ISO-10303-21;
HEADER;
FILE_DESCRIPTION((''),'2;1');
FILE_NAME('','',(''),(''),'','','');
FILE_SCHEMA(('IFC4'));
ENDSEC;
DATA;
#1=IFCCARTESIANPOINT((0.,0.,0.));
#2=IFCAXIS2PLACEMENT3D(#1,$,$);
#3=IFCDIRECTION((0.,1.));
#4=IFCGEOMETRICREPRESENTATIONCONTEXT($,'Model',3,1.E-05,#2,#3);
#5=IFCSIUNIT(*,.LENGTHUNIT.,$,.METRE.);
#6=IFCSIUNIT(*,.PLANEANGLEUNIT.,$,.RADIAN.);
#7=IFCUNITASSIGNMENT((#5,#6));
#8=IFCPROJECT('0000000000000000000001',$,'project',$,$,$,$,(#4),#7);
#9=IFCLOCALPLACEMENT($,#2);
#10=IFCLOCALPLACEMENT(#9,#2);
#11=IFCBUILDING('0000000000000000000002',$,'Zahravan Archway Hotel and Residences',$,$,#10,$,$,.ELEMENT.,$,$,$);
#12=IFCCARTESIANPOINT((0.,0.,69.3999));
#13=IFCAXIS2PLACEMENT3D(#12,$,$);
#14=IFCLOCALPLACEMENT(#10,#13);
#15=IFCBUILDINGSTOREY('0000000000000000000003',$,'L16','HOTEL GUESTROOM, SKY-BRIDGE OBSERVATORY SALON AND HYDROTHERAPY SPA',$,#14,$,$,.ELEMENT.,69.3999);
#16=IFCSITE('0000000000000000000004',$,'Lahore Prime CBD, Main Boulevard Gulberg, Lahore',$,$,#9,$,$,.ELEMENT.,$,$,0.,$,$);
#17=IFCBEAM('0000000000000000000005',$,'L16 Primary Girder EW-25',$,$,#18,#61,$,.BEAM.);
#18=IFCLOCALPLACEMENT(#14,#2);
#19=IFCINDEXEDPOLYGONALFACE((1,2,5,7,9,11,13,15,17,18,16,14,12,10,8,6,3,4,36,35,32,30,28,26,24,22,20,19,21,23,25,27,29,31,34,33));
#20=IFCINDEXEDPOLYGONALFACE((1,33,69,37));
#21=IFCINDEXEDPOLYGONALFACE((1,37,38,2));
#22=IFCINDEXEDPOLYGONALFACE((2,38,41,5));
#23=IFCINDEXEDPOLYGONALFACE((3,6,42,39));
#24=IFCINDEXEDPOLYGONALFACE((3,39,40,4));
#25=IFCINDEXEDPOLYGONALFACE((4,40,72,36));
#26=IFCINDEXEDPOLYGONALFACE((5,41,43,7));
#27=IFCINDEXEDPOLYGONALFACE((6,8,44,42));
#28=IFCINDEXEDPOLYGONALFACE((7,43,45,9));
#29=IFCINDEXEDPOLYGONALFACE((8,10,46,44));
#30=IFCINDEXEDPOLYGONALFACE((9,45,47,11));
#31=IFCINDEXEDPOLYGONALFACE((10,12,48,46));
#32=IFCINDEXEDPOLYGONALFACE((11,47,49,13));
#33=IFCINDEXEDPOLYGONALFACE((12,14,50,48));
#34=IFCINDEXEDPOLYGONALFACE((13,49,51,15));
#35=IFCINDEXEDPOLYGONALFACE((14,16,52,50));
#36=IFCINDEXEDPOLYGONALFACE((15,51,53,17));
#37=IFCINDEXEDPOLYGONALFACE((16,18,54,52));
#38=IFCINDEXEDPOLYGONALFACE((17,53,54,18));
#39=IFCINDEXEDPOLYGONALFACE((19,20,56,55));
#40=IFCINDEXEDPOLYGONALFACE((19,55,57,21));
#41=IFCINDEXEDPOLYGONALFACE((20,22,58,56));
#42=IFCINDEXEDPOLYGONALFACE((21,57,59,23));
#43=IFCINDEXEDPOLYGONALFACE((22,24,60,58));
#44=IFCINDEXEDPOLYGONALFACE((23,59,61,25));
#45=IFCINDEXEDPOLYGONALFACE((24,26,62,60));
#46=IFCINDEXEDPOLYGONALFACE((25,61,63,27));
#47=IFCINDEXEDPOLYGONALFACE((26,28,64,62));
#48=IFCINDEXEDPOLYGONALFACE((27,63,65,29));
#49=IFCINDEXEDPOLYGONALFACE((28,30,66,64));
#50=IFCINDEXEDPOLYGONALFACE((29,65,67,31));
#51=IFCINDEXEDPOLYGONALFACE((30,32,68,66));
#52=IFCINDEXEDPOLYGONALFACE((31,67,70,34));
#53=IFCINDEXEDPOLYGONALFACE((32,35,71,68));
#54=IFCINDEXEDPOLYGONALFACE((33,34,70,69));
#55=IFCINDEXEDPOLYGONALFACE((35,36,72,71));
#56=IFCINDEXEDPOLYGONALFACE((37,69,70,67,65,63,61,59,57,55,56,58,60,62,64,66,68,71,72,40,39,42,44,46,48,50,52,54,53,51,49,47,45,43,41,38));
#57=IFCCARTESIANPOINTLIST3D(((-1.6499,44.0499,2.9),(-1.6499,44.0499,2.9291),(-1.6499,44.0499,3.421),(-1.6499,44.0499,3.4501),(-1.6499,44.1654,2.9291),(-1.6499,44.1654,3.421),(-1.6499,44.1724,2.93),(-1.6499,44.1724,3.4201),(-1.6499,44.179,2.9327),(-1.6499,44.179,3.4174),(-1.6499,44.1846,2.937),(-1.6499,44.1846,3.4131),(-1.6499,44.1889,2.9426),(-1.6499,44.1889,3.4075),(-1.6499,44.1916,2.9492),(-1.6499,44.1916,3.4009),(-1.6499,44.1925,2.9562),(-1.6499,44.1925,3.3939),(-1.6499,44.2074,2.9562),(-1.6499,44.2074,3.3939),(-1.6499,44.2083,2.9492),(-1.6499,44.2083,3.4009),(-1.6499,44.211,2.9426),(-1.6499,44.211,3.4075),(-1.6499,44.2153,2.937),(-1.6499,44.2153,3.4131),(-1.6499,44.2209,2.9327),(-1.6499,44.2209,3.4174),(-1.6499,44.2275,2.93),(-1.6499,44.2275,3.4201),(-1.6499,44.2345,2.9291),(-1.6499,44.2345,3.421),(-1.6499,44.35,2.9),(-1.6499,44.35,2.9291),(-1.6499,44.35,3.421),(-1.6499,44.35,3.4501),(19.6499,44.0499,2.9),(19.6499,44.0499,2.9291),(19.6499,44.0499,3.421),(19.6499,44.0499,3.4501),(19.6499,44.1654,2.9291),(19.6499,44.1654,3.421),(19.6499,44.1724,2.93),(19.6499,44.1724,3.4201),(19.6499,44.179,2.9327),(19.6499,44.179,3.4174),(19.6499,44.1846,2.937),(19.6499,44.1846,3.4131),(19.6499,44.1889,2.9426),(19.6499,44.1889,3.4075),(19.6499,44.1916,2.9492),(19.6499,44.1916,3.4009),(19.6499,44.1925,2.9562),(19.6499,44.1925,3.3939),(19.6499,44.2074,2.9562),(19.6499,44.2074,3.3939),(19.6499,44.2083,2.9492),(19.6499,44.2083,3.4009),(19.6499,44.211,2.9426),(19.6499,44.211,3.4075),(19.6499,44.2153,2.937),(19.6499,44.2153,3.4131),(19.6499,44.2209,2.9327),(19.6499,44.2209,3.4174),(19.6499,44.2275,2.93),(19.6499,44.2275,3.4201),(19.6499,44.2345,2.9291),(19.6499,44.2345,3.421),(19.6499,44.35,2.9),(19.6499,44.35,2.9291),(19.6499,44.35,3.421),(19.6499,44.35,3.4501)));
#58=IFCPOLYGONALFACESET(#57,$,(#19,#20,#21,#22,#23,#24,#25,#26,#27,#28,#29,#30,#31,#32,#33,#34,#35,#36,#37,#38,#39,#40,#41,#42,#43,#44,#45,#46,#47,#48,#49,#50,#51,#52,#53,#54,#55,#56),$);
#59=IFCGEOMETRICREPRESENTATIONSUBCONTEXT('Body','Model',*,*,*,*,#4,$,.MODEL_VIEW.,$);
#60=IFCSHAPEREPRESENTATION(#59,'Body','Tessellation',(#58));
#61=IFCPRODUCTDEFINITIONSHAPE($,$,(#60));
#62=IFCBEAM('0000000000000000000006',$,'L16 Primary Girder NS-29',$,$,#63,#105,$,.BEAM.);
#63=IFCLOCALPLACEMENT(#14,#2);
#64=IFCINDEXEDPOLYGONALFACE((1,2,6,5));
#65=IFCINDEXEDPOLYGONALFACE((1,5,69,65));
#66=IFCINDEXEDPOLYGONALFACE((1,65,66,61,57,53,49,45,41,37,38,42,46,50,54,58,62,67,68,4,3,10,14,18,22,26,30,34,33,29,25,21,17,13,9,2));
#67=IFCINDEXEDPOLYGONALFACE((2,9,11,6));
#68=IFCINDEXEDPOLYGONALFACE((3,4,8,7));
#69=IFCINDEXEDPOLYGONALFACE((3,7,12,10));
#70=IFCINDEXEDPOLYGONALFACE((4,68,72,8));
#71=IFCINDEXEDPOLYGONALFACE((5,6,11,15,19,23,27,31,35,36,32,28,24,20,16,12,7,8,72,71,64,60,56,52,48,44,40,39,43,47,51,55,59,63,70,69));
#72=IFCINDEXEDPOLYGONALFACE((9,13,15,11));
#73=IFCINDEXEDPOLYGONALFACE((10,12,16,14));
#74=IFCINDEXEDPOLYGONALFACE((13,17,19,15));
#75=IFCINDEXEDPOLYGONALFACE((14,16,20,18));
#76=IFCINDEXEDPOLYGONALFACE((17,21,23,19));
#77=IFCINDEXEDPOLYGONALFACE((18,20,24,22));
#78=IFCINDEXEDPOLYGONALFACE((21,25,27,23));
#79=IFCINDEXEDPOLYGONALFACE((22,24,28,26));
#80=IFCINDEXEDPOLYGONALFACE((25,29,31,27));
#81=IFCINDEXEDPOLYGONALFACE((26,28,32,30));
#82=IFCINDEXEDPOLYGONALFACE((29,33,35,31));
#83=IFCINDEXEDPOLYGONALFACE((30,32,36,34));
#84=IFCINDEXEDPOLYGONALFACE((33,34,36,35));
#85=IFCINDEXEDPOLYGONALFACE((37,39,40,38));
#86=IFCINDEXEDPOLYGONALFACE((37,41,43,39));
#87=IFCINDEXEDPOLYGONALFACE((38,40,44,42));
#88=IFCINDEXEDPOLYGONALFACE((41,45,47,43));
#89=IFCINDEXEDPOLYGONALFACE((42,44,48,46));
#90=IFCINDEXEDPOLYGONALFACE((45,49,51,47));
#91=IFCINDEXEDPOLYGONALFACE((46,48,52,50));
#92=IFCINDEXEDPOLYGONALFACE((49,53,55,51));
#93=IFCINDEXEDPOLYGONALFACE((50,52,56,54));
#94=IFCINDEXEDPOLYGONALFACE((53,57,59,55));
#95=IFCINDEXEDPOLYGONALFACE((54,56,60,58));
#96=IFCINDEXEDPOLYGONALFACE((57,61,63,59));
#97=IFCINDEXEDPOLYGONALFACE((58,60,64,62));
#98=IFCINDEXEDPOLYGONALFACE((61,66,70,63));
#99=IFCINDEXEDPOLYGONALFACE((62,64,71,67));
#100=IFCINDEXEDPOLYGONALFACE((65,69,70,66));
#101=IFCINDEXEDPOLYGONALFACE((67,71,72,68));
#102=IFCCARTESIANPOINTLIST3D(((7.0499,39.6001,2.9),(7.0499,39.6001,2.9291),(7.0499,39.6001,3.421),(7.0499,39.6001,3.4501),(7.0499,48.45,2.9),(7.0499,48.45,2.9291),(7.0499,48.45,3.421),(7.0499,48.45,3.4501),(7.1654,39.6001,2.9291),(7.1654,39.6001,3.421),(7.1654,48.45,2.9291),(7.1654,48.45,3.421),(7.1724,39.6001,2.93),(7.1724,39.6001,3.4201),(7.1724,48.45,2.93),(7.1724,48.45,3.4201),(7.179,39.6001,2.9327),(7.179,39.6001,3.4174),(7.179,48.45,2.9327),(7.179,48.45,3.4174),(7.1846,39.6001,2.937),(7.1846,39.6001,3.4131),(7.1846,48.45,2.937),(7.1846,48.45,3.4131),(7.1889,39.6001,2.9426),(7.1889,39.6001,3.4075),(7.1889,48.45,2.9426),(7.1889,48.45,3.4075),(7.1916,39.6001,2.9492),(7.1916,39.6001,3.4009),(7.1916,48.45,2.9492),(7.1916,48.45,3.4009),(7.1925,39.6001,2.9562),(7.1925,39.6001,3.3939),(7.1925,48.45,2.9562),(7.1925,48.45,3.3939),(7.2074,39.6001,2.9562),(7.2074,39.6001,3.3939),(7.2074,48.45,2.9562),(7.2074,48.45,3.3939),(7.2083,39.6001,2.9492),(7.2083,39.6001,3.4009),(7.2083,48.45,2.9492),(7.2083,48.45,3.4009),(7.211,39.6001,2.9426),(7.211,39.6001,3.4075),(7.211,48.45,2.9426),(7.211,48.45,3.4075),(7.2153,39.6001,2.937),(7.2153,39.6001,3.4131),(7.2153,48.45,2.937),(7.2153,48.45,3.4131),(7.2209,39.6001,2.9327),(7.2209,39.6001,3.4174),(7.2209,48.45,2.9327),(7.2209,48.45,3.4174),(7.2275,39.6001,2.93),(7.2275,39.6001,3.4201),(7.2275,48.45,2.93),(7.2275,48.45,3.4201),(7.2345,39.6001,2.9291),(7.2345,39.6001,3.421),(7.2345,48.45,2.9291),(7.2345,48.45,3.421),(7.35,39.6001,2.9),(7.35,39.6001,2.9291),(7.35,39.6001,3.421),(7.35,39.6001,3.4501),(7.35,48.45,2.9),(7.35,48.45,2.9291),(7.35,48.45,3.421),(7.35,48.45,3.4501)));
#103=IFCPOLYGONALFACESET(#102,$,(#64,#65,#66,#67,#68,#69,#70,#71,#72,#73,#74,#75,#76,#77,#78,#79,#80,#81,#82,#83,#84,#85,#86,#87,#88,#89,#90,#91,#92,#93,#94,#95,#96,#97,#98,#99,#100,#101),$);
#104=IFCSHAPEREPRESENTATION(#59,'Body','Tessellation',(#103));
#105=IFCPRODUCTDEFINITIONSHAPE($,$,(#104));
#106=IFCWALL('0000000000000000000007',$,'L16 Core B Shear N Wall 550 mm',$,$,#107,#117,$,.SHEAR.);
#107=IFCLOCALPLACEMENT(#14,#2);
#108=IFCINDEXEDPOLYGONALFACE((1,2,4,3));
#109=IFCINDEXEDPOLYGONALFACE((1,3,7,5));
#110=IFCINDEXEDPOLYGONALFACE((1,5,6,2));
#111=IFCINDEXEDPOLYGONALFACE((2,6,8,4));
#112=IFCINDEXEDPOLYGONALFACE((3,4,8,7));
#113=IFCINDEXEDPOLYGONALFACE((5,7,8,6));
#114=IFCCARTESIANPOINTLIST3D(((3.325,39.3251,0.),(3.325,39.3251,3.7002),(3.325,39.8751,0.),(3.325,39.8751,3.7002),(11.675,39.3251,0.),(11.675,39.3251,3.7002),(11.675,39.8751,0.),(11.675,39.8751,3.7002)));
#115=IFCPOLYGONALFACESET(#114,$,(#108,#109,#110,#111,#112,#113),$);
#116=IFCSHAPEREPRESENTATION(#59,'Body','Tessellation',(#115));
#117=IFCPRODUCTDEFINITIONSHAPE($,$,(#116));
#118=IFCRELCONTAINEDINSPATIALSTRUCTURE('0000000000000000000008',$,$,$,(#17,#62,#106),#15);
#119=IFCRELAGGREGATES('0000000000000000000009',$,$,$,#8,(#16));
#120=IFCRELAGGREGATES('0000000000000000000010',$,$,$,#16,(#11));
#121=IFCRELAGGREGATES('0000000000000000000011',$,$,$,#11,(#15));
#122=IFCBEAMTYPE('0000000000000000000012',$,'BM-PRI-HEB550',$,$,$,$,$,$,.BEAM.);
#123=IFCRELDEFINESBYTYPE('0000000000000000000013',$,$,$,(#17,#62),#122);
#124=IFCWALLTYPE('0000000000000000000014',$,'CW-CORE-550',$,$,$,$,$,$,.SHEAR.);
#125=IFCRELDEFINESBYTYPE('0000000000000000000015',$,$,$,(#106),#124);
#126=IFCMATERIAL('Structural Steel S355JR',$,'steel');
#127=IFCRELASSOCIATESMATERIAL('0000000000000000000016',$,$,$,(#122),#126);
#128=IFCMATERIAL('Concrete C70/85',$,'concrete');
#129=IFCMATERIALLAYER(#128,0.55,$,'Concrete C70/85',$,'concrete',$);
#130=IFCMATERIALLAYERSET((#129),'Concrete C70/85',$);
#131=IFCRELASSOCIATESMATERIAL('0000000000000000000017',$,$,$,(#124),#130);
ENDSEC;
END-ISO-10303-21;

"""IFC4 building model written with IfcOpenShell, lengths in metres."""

from ifc_helpers import new_model, si_unit, direction, frame, frame_2d, origin, origin_2d, place, context, subcontext, project, spatial, rectangle, i_section, extrude, source, transform, mapped, material, layer, layer_set, material_profile, profile_set, type_object, element, save


model = new_model("IFC4")

# Units and contexts
model_context = context("Model", 3, precision=1e-05, world=origin(), true_north=direction((0.0, 1.0)))
body_context = subcontext(model_context, "Body", "Model", "MODEL_VIEW")
ifc_project = project(units=[si_unit("LENGTHUNIT", "METRE"), si_unit("PLANEANGLEUNIT", "RADIAN")], contexts=[model_context])

# Site, building, storey
site_placement = place(None, origin())
site = spatial("IfcSite", under=ifc_project, at=site_placement, Name="Lahore Prime CBD, Main Boulevard Gulberg, Lahore", CompositionType="ELEMENT", RefElevation=0.0)
building_placement = place(site_placement, origin())
building = spatial("IfcBuilding", under=site, at=building_placement, Name="Zahravan Archway Hotel and Residences", CompositionType="ELEMENT")
storey_placement = place(building_placement, frame((0.0, 0.0, 69.3999)))
storey = spatial("IfcBuildingStorey", under=building, at=storey_placement, Name="L16", Description="HOTEL GUESTROOM, SKY-BRIDGE OBSERVATORY SALON AND HYDROTHERAPY SPA", CompositionType="ELEMENT", Elevation=69.3999)

# Shared definitions
ifc_material_1 = material(Name="Concrete C70/85", Category="concrete")

# Beams
ifc_material_2 = material(Name="Structural Steel S355JR", Category="steel")
ifc_material_profile_1 = material_profile(ifc_material_2, i_section(OverallWidth=0.3, OverallDepth=0.55, WebThickness=0.0149, FlangeThickness=0.0291, FilletRadius=0.0271, at=origin_2d()), Name="HEB 550", Category="steel")
ifc_profile_set_1 = profile_set([ifc_material_profile_1], Name="Structural Steel S355JR")
beam_type_1 = type_object("IfcBeamType", Name="BM-PRI-HEB550", PredefinedType="BEAM", material=ifc_profile_set_1)
shared_shape_1 = source(origin(), body_context, "Body", "SweptSolid", [
    extrude(i_section(OverallWidth=0.3, OverallDepth=0.55, WebThickness=0.0149, FlangeThickness=0.0291, FilletRadius=0.0271, at=origin_2d()), origin(), (0.0, 0.0, 1.0), 21.2998),
])
for number, where, z_axis, x_axis, name in (
    (1, (-1.6499, 44.2, 3.175), (1.0, 0.0, 0.0), (0.0, 1.0, 0.0), "L16 Primary Girder EW-25"),
):
    element("IfcBeam", number, at=place(storey_placement, frame(where, z_axis=z_axis, x_axis=x_axis)), inside=storey, type_object=beam_type_1, Name=name, PredefinedType="BEAM", context=body_context, shape_type="MappedRepresentation", body=[
        mapped(shared_shape_1, transform((0.0, 0.0, 0.0), scale=1.0)),
    ])
shared_shape_2 = source(origin(), body_context, "Body", "SweptSolid", [
    extrude(i_section(OverallWidth=0.3, OverallDepth=0.55, WebThickness=0.0149, FlangeThickness=0.0291, FilletRadius=0.0271, at=origin_2d()), origin(), (0.0, 0.0, 1.0), 8.8499),
])
beam_1_placement = place(storey_placement, frame((7.2, 39.6001, 3.175), z_axis=(0.0, 1.0, 0.0), x_axis=(-1.0, 0.0, 0.0)))
element("IfcBeam", 2, at=beam_1_placement, inside=storey, type_object=beam_type_1, Name="L16 Primary Girder NS-29", PredefinedType="BEAM", context=body_context, shape_type="MappedRepresentation", body=[
    mapped(shared_shape_2, transform((0.0, 0.0, 0.0), scale=1.0)),
])

# Wall
ifc_layer_1 = layer(ifc_material_1, 0.55, Name="Concrete C70/85", Category="concrete")
ifc_layer_set_1 = layer_set([ifc_layer_1], Name="Concrete C70/85")
wall_type_1 = type_object("IfcWallType", Name="CW-CORE-550", PredefinedType="SHEAR", material=ifc_layer_set_1)
wall_1_placement = place(storey_placement, frame((3.325, 39.6001, 0.0), z_axis=(0.0, 0.0, 1.0), x_axis=(1.0, 0.0, 0.0)))
element("IfcWall", 3, at=wall_1_placement, inside=storey, type_object=wall_type_1, Name="L16 Core B Shear N Wall 550 mm", PredefinedType="SHEAR", context=body_context, shape_type="SweptSolid", body=[
    extrude(rectangle(XDim=8.3501, YDim=0.55, at=frame_2d((4.175, 0.0))), origin(), (0.0, 0.0, 1.0), 3.7002),
])

save(model, "model.ifc")
